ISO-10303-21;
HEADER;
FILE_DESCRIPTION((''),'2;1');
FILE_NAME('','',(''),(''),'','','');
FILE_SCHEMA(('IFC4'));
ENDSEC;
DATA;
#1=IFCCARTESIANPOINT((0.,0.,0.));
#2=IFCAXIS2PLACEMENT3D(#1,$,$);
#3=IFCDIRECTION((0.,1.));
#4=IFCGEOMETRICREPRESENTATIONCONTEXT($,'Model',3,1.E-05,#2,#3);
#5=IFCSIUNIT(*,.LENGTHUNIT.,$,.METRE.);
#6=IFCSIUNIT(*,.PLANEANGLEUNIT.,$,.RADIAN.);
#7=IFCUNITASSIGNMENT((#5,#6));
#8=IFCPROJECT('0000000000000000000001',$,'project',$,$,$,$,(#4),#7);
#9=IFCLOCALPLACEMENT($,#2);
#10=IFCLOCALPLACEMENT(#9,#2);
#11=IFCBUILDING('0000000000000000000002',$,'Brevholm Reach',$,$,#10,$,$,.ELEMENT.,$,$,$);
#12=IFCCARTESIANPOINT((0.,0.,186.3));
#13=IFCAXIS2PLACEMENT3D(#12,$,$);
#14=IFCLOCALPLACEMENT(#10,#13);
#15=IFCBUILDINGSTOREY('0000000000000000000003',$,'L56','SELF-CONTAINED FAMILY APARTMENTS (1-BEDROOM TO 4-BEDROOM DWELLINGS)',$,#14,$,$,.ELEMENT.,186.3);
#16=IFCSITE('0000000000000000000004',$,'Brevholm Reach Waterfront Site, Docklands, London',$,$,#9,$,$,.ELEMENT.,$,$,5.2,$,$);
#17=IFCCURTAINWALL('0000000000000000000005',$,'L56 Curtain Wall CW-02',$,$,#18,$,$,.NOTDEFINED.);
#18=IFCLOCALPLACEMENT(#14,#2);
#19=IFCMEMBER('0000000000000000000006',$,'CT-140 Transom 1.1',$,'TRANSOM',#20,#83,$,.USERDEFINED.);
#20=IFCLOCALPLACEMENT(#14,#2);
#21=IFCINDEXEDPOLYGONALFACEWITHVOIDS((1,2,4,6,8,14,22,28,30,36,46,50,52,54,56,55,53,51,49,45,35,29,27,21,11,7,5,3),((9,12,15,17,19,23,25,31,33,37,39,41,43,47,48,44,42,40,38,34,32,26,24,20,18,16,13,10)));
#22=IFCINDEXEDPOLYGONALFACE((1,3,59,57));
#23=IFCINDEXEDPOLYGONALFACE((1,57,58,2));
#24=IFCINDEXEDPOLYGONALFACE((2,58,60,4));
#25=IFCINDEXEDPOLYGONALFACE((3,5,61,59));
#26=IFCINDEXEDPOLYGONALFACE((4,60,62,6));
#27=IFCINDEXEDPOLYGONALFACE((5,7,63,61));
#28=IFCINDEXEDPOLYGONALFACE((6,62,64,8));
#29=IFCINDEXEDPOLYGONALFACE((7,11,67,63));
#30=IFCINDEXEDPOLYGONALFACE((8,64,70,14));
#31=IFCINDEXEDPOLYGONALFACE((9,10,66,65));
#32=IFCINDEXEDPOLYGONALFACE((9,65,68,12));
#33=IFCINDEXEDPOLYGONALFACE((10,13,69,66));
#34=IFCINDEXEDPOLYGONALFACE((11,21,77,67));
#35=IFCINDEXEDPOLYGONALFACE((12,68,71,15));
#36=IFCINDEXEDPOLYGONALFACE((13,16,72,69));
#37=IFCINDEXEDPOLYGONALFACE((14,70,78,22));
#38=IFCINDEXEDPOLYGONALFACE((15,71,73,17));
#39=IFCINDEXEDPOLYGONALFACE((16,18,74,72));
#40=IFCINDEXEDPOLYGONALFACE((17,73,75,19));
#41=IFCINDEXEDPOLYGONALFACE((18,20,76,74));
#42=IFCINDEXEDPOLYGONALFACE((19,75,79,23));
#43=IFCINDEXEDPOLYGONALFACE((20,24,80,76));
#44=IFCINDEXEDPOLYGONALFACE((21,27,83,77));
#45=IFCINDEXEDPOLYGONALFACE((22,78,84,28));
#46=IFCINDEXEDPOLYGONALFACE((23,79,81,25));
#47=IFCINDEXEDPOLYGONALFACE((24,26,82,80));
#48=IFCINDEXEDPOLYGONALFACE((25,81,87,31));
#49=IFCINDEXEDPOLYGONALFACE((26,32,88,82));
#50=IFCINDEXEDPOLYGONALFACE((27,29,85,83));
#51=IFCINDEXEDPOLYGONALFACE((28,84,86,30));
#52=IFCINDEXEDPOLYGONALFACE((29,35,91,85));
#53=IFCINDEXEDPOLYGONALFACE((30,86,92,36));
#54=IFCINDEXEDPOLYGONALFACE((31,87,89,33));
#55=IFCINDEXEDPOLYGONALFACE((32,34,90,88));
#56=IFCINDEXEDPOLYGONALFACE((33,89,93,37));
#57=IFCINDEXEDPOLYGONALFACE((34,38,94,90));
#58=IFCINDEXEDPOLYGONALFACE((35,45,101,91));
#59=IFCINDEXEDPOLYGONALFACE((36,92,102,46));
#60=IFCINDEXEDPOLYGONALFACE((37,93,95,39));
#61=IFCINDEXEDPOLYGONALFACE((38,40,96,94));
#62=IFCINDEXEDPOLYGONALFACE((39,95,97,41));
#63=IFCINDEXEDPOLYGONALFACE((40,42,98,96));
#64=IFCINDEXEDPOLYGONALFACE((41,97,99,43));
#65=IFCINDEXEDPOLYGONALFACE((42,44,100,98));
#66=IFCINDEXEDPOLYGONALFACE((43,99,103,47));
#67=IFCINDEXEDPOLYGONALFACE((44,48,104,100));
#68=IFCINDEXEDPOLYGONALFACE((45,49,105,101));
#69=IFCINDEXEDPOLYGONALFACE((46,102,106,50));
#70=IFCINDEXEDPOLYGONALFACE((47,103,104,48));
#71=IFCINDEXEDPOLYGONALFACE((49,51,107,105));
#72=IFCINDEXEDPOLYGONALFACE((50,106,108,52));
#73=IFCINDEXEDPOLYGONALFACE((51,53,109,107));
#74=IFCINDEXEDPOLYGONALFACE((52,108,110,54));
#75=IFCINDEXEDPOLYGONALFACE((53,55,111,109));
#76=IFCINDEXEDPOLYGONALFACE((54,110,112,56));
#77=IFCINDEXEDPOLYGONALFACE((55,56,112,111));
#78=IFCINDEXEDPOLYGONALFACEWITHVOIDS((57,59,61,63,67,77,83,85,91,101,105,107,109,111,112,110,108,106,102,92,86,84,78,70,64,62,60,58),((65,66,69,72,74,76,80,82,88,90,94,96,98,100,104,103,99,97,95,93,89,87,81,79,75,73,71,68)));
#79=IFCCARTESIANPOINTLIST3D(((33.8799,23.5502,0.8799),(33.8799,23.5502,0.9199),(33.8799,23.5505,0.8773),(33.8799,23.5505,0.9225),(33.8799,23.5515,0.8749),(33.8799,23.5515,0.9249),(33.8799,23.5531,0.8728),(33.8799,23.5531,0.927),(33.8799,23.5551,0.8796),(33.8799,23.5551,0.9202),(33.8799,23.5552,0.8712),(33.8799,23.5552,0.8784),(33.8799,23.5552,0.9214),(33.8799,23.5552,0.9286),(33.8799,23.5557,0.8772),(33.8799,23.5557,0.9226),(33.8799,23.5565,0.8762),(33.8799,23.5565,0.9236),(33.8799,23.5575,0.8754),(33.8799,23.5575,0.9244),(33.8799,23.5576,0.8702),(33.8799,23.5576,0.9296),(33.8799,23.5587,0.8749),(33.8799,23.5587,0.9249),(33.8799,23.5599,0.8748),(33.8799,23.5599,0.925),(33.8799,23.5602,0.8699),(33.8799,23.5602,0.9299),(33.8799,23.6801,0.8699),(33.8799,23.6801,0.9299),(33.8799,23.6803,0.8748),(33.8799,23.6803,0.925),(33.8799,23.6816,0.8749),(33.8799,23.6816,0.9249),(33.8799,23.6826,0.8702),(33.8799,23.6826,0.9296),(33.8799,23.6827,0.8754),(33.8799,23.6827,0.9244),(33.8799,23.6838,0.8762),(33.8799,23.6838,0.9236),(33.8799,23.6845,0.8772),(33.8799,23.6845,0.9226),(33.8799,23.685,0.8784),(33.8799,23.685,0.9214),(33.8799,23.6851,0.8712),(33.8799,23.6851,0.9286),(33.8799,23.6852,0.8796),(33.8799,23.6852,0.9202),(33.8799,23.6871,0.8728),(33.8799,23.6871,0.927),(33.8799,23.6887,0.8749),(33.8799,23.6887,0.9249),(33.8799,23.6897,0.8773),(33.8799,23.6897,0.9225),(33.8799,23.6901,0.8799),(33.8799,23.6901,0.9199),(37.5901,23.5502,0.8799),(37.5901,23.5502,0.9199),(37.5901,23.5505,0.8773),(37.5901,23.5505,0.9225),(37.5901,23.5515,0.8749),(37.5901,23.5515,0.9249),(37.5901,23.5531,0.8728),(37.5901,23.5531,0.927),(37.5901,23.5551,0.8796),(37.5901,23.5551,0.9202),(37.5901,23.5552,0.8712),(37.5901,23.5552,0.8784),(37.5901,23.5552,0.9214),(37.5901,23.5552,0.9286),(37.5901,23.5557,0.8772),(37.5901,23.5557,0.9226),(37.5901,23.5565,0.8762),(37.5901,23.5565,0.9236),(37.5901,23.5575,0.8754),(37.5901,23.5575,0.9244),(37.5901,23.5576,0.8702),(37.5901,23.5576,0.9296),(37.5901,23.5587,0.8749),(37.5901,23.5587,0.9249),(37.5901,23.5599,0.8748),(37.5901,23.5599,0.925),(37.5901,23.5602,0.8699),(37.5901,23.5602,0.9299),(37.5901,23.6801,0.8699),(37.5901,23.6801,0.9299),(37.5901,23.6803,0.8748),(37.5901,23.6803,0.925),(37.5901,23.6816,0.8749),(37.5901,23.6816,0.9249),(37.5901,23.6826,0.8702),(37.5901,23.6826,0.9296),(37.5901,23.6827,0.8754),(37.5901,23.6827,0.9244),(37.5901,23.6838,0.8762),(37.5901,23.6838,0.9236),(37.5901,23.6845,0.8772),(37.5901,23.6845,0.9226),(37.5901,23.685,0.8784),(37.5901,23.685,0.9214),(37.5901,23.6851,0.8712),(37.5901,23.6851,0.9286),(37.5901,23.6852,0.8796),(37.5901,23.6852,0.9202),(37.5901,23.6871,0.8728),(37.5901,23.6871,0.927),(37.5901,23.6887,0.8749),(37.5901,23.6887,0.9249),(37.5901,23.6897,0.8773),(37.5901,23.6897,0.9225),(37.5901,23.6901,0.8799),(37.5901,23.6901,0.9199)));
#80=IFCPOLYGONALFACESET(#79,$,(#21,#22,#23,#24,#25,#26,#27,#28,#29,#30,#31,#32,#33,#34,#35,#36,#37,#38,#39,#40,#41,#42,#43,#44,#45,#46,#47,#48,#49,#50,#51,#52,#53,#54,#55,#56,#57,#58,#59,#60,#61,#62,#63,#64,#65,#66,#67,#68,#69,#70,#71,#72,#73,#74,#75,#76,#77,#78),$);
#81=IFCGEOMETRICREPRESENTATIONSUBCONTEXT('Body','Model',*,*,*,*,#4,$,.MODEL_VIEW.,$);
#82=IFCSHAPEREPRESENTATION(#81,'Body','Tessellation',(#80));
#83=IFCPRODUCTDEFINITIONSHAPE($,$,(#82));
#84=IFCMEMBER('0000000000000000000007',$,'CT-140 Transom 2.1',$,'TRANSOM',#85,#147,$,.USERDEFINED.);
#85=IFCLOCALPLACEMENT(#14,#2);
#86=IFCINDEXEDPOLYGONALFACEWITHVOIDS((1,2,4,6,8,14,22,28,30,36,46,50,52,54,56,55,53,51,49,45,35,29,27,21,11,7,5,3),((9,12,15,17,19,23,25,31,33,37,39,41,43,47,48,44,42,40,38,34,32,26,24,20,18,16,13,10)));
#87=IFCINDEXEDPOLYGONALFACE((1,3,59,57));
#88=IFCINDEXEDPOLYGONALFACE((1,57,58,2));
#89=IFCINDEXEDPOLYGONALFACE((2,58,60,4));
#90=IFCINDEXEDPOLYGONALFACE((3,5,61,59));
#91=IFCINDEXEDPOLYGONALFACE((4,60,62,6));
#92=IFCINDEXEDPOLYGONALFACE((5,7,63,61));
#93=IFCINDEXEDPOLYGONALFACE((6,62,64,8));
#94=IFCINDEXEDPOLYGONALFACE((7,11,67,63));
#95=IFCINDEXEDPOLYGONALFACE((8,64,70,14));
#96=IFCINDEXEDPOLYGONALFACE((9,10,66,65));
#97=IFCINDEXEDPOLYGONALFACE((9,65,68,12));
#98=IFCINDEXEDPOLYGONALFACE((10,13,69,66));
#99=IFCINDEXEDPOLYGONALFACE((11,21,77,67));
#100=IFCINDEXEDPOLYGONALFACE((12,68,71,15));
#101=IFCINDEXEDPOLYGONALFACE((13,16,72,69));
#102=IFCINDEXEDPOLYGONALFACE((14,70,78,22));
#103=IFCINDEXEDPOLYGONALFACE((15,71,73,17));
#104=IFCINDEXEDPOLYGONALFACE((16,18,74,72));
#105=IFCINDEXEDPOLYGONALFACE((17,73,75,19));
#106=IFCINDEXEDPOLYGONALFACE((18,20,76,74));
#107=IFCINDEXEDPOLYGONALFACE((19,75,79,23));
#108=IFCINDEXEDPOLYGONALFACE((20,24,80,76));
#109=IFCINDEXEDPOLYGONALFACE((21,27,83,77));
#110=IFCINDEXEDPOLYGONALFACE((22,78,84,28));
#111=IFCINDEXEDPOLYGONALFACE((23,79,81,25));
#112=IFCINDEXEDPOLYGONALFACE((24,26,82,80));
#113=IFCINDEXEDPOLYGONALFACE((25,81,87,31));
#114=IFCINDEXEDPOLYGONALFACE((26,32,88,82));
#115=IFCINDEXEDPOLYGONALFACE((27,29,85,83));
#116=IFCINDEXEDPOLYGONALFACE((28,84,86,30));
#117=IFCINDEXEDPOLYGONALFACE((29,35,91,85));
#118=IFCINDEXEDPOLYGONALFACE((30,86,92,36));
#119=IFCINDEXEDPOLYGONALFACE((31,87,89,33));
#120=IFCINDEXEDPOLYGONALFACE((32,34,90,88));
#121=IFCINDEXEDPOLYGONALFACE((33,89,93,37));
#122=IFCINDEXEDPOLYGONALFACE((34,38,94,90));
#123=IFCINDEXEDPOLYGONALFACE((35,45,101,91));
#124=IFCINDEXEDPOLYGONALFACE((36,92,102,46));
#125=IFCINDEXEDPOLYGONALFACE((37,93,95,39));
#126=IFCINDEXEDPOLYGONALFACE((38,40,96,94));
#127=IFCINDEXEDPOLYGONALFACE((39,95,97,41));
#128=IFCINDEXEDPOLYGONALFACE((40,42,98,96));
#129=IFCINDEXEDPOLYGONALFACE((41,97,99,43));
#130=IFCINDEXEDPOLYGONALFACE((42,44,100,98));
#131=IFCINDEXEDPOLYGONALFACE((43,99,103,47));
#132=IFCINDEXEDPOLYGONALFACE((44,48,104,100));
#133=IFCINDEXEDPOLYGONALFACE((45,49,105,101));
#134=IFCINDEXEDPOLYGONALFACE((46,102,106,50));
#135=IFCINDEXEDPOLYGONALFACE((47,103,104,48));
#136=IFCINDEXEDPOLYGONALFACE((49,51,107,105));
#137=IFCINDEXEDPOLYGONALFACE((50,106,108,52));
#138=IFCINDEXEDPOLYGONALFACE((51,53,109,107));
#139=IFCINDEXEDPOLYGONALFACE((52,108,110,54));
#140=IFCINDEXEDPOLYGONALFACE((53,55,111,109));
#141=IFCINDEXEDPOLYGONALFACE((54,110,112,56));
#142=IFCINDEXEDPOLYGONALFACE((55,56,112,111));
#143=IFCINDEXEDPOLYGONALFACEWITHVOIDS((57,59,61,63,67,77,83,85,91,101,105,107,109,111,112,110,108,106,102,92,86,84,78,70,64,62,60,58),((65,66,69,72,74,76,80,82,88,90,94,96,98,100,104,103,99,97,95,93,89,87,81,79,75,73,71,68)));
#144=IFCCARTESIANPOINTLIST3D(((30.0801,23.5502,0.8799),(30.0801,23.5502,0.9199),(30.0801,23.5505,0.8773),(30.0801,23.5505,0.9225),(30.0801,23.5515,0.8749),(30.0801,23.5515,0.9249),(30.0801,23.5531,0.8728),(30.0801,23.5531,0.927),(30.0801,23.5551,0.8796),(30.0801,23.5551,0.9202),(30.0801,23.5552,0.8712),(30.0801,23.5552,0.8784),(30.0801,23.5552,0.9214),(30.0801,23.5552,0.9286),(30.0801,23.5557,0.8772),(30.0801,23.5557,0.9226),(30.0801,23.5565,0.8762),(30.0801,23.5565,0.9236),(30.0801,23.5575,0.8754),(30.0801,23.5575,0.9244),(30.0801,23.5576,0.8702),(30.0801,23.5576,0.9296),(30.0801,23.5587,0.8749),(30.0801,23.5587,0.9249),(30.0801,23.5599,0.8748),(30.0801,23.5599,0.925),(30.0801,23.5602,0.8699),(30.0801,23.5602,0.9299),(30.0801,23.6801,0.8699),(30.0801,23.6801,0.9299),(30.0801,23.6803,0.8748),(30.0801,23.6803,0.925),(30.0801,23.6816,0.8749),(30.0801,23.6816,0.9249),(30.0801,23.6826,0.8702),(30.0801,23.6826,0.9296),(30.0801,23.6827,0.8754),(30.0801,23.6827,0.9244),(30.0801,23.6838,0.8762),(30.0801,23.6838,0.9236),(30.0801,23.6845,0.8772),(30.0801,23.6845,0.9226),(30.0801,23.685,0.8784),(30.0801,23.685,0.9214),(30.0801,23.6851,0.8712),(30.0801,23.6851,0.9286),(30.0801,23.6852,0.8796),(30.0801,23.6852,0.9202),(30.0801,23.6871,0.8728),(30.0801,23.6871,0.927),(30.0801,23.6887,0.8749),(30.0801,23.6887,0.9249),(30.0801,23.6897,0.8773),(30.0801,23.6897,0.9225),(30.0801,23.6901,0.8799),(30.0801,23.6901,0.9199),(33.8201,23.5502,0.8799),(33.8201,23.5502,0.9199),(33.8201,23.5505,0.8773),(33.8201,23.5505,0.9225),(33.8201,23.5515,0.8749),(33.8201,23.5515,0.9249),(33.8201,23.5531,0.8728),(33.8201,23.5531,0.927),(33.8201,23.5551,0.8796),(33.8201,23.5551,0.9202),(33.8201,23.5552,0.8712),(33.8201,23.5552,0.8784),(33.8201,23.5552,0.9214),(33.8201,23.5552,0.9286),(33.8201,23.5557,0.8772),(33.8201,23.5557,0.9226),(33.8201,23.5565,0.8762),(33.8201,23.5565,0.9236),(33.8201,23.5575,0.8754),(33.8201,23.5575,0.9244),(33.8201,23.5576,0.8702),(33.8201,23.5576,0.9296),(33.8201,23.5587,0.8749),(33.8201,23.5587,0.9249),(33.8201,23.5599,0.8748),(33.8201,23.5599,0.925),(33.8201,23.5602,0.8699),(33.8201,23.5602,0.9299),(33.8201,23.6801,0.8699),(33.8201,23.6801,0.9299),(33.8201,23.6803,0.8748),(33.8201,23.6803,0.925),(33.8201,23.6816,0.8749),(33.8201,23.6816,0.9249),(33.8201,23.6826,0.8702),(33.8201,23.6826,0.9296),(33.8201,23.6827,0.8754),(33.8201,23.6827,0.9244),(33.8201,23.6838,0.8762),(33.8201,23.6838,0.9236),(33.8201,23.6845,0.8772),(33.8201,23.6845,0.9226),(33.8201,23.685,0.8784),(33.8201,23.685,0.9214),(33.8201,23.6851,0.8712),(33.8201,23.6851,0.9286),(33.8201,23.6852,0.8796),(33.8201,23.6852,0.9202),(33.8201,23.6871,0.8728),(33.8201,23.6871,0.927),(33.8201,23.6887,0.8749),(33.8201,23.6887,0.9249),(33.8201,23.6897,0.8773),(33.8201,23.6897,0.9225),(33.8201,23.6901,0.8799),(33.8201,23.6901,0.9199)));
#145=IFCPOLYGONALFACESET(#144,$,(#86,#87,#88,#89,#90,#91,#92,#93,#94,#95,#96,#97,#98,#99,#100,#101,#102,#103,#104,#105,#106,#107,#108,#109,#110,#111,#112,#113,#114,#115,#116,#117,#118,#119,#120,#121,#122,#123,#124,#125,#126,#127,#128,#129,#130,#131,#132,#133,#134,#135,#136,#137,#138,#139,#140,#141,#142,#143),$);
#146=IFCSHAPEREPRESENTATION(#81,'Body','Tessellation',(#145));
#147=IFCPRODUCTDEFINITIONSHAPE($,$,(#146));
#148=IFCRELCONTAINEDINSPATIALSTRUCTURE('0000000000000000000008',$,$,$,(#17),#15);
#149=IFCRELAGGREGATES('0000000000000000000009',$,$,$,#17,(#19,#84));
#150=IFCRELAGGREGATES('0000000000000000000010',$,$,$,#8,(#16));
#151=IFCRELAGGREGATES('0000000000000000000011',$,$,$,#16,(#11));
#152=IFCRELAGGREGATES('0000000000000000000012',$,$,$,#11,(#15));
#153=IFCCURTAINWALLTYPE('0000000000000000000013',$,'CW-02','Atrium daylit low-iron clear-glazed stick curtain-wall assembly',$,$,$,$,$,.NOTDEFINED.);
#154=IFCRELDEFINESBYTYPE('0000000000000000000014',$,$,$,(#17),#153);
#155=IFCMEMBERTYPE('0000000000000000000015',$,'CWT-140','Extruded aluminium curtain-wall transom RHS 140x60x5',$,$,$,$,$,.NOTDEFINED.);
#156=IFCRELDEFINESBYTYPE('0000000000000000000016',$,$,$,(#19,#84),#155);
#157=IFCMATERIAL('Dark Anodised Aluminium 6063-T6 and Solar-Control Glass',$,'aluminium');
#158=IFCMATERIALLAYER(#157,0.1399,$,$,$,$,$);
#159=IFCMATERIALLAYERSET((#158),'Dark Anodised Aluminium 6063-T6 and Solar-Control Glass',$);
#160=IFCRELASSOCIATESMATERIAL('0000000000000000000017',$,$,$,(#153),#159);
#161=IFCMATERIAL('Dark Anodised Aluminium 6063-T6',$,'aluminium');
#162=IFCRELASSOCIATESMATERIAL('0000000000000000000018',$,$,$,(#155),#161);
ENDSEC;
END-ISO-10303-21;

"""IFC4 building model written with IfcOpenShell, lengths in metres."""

from ifc_helpers import new_model, si_unit, direction, frame, origin, origin_2d, place, context, subcontext, project, spatial, hollow_rectangle, extrude, material, layer, layer_set, material_profile, profile_set, type_object, element, aggregate, save


model = new_model("IFC4")

# Units and contexts
model_context = context("Model", 3, precision=1e-05, world=origin(), true_north=direction((0.0, 1.0)))
body_context = subcontext(model_context, "Body", "Model", "MODEL_VIEW")
ifc_project = project(units=[si_unit("LENGTHUNIT", "METRE"), si_unit("PLANEANGLEUNIT", "RADIAN")], contexts=[model_context])

# Site, building, storey
site_placement = place(None, origin())
site = spatial("IfcSite", under=ifc_project, at=site_placement, Name="Brevholm Reach Waterfront Site, Docklands, London", CompositionType="ELEMENT", RefElevation=5.2)
building_placement = place(site_placement, origin())
building = spatial("IfcBuilding", under=site, at=building_placement, Name="Brevholm Reach", CompositionType="ELEMENT")
storey_placement = place(building_placement, frame((0.0, 0.0, 186.3)))
storey = spatial("IfcBuildingStorey", under=building, at=storey_placement, Name="L56", Description="SELF-CONTAINED FAMILY APARTMENTS (1-BEDROOM TO 4-BEDROOM DWELLINGS)", CompositionType="ELEMENT", Elevation=186.3)

# Curtain wall
ifc_material_1 = material(Name="Dark Anodised Aluminium 6063-T6 and Solar-Control Glass", Category="aluminium")
ifc_layer_1 = layer(ifc_material_1, 0.1399)
ifc_layer_set_1 = layer_set([ifc_layer_1], Name="Dark Anodised Aluminium 6063-T6 and Solar-Control Glass")
curtain_wall_type_1 = type_object("IfcCurtainWallType", Name="CW-02", Description="Atrium daylit low-iron clear-glazed stick curtain-wall assembly", PredefinedType="NOTDEFINED", material=ifc_layer_set_1)
curtain_wall_1_placement = place(storey_placement, origin())
curtain_wall_1 = element("IfcCurtainWall", 1, at=curtain_wall_1_placement, inside=storey, type_object=curtain_wall_type_1, Name="L56 Curtain Wall CW-02", PredefinedType="NOTDEFINED")

# Members
ifc_material_2 = material(Name="Dark Anodised Aluminium 6063-T6", Category="aluminium")
ifc_material_profile_1 = material_profile(ifc_material_2, hollow_rectangle(XDim=0.0601, YDim=0.1399, WallThickness=0.0049, InnerFilletRadius=0.0049, OuterFilletRadius=0.01, at=origin_2d()), Name="RHS 140x60x5")
ifc_profile_set_1 = profile_set([ifc_material_profile_1], Name="Dark Anodised Aluminium 6063-T6")
member_type_1 = type_object("IfcMemberType", Name="CWT-140", Description="Extruded aluminium curtain-wall transom RHS 140x60x5", PredefinedType="NOTDEFINED", material=ifc_profile_set_1)
member_1_placement = place(storey_placement, frame((37.5901, 23.6201, 0.8999), z_axis=(-1.0, 0.0, 0.0), x_axis=(0.0, 0.0, 1.0)))
member_1 = element("IfcMember", 2, at=member_1_placement, type_object=member_type_1, Name="CT-140 Transom 1.1", ObjectType="TRANSOM", PredefinedType="USERDEFINED", context=body_context, shape_type="SweptSolid", body=[
    extrude(hollow_rectangle(XDim=0.0601, YDim=0.1399, WallThickness=0.0049, InnerFilletRadius=0.0049, OuterFilletRadius=0.01, at=origin_2d()), origin(), (0.0, 0.0, 1.0), 3.7102),
])
member_2_placement = place(storey_placement, frame((33.8201, 23.6201, 0.8999), z_axis=(-1.0, 0.0, 0.0), x_axis=(0.0, 0.0, 1.0)))
member_2 = element("IfcMember", 3, at=member_2_placement, type_object=member_type_1, Name="CT-140 Transom 2.1", ObjectType="TRANSOM", PredefinedType="USERDEFINED", context=body_context, shape_type="SweptSolid", body=[
    extrude(hollow_rectangle(XDim=0.0601, YDim=0.1399, WallThickness=0.0049, InnerFilletRadius=0.0049, OuterFilletRadius=0.01, at=origin_2d()), origin(), (0.0, 0.0, 1.0), 3.74),
])

aggregate(curtain_wall_1, [member_1, member_2])

save(model, "model.ifc")
